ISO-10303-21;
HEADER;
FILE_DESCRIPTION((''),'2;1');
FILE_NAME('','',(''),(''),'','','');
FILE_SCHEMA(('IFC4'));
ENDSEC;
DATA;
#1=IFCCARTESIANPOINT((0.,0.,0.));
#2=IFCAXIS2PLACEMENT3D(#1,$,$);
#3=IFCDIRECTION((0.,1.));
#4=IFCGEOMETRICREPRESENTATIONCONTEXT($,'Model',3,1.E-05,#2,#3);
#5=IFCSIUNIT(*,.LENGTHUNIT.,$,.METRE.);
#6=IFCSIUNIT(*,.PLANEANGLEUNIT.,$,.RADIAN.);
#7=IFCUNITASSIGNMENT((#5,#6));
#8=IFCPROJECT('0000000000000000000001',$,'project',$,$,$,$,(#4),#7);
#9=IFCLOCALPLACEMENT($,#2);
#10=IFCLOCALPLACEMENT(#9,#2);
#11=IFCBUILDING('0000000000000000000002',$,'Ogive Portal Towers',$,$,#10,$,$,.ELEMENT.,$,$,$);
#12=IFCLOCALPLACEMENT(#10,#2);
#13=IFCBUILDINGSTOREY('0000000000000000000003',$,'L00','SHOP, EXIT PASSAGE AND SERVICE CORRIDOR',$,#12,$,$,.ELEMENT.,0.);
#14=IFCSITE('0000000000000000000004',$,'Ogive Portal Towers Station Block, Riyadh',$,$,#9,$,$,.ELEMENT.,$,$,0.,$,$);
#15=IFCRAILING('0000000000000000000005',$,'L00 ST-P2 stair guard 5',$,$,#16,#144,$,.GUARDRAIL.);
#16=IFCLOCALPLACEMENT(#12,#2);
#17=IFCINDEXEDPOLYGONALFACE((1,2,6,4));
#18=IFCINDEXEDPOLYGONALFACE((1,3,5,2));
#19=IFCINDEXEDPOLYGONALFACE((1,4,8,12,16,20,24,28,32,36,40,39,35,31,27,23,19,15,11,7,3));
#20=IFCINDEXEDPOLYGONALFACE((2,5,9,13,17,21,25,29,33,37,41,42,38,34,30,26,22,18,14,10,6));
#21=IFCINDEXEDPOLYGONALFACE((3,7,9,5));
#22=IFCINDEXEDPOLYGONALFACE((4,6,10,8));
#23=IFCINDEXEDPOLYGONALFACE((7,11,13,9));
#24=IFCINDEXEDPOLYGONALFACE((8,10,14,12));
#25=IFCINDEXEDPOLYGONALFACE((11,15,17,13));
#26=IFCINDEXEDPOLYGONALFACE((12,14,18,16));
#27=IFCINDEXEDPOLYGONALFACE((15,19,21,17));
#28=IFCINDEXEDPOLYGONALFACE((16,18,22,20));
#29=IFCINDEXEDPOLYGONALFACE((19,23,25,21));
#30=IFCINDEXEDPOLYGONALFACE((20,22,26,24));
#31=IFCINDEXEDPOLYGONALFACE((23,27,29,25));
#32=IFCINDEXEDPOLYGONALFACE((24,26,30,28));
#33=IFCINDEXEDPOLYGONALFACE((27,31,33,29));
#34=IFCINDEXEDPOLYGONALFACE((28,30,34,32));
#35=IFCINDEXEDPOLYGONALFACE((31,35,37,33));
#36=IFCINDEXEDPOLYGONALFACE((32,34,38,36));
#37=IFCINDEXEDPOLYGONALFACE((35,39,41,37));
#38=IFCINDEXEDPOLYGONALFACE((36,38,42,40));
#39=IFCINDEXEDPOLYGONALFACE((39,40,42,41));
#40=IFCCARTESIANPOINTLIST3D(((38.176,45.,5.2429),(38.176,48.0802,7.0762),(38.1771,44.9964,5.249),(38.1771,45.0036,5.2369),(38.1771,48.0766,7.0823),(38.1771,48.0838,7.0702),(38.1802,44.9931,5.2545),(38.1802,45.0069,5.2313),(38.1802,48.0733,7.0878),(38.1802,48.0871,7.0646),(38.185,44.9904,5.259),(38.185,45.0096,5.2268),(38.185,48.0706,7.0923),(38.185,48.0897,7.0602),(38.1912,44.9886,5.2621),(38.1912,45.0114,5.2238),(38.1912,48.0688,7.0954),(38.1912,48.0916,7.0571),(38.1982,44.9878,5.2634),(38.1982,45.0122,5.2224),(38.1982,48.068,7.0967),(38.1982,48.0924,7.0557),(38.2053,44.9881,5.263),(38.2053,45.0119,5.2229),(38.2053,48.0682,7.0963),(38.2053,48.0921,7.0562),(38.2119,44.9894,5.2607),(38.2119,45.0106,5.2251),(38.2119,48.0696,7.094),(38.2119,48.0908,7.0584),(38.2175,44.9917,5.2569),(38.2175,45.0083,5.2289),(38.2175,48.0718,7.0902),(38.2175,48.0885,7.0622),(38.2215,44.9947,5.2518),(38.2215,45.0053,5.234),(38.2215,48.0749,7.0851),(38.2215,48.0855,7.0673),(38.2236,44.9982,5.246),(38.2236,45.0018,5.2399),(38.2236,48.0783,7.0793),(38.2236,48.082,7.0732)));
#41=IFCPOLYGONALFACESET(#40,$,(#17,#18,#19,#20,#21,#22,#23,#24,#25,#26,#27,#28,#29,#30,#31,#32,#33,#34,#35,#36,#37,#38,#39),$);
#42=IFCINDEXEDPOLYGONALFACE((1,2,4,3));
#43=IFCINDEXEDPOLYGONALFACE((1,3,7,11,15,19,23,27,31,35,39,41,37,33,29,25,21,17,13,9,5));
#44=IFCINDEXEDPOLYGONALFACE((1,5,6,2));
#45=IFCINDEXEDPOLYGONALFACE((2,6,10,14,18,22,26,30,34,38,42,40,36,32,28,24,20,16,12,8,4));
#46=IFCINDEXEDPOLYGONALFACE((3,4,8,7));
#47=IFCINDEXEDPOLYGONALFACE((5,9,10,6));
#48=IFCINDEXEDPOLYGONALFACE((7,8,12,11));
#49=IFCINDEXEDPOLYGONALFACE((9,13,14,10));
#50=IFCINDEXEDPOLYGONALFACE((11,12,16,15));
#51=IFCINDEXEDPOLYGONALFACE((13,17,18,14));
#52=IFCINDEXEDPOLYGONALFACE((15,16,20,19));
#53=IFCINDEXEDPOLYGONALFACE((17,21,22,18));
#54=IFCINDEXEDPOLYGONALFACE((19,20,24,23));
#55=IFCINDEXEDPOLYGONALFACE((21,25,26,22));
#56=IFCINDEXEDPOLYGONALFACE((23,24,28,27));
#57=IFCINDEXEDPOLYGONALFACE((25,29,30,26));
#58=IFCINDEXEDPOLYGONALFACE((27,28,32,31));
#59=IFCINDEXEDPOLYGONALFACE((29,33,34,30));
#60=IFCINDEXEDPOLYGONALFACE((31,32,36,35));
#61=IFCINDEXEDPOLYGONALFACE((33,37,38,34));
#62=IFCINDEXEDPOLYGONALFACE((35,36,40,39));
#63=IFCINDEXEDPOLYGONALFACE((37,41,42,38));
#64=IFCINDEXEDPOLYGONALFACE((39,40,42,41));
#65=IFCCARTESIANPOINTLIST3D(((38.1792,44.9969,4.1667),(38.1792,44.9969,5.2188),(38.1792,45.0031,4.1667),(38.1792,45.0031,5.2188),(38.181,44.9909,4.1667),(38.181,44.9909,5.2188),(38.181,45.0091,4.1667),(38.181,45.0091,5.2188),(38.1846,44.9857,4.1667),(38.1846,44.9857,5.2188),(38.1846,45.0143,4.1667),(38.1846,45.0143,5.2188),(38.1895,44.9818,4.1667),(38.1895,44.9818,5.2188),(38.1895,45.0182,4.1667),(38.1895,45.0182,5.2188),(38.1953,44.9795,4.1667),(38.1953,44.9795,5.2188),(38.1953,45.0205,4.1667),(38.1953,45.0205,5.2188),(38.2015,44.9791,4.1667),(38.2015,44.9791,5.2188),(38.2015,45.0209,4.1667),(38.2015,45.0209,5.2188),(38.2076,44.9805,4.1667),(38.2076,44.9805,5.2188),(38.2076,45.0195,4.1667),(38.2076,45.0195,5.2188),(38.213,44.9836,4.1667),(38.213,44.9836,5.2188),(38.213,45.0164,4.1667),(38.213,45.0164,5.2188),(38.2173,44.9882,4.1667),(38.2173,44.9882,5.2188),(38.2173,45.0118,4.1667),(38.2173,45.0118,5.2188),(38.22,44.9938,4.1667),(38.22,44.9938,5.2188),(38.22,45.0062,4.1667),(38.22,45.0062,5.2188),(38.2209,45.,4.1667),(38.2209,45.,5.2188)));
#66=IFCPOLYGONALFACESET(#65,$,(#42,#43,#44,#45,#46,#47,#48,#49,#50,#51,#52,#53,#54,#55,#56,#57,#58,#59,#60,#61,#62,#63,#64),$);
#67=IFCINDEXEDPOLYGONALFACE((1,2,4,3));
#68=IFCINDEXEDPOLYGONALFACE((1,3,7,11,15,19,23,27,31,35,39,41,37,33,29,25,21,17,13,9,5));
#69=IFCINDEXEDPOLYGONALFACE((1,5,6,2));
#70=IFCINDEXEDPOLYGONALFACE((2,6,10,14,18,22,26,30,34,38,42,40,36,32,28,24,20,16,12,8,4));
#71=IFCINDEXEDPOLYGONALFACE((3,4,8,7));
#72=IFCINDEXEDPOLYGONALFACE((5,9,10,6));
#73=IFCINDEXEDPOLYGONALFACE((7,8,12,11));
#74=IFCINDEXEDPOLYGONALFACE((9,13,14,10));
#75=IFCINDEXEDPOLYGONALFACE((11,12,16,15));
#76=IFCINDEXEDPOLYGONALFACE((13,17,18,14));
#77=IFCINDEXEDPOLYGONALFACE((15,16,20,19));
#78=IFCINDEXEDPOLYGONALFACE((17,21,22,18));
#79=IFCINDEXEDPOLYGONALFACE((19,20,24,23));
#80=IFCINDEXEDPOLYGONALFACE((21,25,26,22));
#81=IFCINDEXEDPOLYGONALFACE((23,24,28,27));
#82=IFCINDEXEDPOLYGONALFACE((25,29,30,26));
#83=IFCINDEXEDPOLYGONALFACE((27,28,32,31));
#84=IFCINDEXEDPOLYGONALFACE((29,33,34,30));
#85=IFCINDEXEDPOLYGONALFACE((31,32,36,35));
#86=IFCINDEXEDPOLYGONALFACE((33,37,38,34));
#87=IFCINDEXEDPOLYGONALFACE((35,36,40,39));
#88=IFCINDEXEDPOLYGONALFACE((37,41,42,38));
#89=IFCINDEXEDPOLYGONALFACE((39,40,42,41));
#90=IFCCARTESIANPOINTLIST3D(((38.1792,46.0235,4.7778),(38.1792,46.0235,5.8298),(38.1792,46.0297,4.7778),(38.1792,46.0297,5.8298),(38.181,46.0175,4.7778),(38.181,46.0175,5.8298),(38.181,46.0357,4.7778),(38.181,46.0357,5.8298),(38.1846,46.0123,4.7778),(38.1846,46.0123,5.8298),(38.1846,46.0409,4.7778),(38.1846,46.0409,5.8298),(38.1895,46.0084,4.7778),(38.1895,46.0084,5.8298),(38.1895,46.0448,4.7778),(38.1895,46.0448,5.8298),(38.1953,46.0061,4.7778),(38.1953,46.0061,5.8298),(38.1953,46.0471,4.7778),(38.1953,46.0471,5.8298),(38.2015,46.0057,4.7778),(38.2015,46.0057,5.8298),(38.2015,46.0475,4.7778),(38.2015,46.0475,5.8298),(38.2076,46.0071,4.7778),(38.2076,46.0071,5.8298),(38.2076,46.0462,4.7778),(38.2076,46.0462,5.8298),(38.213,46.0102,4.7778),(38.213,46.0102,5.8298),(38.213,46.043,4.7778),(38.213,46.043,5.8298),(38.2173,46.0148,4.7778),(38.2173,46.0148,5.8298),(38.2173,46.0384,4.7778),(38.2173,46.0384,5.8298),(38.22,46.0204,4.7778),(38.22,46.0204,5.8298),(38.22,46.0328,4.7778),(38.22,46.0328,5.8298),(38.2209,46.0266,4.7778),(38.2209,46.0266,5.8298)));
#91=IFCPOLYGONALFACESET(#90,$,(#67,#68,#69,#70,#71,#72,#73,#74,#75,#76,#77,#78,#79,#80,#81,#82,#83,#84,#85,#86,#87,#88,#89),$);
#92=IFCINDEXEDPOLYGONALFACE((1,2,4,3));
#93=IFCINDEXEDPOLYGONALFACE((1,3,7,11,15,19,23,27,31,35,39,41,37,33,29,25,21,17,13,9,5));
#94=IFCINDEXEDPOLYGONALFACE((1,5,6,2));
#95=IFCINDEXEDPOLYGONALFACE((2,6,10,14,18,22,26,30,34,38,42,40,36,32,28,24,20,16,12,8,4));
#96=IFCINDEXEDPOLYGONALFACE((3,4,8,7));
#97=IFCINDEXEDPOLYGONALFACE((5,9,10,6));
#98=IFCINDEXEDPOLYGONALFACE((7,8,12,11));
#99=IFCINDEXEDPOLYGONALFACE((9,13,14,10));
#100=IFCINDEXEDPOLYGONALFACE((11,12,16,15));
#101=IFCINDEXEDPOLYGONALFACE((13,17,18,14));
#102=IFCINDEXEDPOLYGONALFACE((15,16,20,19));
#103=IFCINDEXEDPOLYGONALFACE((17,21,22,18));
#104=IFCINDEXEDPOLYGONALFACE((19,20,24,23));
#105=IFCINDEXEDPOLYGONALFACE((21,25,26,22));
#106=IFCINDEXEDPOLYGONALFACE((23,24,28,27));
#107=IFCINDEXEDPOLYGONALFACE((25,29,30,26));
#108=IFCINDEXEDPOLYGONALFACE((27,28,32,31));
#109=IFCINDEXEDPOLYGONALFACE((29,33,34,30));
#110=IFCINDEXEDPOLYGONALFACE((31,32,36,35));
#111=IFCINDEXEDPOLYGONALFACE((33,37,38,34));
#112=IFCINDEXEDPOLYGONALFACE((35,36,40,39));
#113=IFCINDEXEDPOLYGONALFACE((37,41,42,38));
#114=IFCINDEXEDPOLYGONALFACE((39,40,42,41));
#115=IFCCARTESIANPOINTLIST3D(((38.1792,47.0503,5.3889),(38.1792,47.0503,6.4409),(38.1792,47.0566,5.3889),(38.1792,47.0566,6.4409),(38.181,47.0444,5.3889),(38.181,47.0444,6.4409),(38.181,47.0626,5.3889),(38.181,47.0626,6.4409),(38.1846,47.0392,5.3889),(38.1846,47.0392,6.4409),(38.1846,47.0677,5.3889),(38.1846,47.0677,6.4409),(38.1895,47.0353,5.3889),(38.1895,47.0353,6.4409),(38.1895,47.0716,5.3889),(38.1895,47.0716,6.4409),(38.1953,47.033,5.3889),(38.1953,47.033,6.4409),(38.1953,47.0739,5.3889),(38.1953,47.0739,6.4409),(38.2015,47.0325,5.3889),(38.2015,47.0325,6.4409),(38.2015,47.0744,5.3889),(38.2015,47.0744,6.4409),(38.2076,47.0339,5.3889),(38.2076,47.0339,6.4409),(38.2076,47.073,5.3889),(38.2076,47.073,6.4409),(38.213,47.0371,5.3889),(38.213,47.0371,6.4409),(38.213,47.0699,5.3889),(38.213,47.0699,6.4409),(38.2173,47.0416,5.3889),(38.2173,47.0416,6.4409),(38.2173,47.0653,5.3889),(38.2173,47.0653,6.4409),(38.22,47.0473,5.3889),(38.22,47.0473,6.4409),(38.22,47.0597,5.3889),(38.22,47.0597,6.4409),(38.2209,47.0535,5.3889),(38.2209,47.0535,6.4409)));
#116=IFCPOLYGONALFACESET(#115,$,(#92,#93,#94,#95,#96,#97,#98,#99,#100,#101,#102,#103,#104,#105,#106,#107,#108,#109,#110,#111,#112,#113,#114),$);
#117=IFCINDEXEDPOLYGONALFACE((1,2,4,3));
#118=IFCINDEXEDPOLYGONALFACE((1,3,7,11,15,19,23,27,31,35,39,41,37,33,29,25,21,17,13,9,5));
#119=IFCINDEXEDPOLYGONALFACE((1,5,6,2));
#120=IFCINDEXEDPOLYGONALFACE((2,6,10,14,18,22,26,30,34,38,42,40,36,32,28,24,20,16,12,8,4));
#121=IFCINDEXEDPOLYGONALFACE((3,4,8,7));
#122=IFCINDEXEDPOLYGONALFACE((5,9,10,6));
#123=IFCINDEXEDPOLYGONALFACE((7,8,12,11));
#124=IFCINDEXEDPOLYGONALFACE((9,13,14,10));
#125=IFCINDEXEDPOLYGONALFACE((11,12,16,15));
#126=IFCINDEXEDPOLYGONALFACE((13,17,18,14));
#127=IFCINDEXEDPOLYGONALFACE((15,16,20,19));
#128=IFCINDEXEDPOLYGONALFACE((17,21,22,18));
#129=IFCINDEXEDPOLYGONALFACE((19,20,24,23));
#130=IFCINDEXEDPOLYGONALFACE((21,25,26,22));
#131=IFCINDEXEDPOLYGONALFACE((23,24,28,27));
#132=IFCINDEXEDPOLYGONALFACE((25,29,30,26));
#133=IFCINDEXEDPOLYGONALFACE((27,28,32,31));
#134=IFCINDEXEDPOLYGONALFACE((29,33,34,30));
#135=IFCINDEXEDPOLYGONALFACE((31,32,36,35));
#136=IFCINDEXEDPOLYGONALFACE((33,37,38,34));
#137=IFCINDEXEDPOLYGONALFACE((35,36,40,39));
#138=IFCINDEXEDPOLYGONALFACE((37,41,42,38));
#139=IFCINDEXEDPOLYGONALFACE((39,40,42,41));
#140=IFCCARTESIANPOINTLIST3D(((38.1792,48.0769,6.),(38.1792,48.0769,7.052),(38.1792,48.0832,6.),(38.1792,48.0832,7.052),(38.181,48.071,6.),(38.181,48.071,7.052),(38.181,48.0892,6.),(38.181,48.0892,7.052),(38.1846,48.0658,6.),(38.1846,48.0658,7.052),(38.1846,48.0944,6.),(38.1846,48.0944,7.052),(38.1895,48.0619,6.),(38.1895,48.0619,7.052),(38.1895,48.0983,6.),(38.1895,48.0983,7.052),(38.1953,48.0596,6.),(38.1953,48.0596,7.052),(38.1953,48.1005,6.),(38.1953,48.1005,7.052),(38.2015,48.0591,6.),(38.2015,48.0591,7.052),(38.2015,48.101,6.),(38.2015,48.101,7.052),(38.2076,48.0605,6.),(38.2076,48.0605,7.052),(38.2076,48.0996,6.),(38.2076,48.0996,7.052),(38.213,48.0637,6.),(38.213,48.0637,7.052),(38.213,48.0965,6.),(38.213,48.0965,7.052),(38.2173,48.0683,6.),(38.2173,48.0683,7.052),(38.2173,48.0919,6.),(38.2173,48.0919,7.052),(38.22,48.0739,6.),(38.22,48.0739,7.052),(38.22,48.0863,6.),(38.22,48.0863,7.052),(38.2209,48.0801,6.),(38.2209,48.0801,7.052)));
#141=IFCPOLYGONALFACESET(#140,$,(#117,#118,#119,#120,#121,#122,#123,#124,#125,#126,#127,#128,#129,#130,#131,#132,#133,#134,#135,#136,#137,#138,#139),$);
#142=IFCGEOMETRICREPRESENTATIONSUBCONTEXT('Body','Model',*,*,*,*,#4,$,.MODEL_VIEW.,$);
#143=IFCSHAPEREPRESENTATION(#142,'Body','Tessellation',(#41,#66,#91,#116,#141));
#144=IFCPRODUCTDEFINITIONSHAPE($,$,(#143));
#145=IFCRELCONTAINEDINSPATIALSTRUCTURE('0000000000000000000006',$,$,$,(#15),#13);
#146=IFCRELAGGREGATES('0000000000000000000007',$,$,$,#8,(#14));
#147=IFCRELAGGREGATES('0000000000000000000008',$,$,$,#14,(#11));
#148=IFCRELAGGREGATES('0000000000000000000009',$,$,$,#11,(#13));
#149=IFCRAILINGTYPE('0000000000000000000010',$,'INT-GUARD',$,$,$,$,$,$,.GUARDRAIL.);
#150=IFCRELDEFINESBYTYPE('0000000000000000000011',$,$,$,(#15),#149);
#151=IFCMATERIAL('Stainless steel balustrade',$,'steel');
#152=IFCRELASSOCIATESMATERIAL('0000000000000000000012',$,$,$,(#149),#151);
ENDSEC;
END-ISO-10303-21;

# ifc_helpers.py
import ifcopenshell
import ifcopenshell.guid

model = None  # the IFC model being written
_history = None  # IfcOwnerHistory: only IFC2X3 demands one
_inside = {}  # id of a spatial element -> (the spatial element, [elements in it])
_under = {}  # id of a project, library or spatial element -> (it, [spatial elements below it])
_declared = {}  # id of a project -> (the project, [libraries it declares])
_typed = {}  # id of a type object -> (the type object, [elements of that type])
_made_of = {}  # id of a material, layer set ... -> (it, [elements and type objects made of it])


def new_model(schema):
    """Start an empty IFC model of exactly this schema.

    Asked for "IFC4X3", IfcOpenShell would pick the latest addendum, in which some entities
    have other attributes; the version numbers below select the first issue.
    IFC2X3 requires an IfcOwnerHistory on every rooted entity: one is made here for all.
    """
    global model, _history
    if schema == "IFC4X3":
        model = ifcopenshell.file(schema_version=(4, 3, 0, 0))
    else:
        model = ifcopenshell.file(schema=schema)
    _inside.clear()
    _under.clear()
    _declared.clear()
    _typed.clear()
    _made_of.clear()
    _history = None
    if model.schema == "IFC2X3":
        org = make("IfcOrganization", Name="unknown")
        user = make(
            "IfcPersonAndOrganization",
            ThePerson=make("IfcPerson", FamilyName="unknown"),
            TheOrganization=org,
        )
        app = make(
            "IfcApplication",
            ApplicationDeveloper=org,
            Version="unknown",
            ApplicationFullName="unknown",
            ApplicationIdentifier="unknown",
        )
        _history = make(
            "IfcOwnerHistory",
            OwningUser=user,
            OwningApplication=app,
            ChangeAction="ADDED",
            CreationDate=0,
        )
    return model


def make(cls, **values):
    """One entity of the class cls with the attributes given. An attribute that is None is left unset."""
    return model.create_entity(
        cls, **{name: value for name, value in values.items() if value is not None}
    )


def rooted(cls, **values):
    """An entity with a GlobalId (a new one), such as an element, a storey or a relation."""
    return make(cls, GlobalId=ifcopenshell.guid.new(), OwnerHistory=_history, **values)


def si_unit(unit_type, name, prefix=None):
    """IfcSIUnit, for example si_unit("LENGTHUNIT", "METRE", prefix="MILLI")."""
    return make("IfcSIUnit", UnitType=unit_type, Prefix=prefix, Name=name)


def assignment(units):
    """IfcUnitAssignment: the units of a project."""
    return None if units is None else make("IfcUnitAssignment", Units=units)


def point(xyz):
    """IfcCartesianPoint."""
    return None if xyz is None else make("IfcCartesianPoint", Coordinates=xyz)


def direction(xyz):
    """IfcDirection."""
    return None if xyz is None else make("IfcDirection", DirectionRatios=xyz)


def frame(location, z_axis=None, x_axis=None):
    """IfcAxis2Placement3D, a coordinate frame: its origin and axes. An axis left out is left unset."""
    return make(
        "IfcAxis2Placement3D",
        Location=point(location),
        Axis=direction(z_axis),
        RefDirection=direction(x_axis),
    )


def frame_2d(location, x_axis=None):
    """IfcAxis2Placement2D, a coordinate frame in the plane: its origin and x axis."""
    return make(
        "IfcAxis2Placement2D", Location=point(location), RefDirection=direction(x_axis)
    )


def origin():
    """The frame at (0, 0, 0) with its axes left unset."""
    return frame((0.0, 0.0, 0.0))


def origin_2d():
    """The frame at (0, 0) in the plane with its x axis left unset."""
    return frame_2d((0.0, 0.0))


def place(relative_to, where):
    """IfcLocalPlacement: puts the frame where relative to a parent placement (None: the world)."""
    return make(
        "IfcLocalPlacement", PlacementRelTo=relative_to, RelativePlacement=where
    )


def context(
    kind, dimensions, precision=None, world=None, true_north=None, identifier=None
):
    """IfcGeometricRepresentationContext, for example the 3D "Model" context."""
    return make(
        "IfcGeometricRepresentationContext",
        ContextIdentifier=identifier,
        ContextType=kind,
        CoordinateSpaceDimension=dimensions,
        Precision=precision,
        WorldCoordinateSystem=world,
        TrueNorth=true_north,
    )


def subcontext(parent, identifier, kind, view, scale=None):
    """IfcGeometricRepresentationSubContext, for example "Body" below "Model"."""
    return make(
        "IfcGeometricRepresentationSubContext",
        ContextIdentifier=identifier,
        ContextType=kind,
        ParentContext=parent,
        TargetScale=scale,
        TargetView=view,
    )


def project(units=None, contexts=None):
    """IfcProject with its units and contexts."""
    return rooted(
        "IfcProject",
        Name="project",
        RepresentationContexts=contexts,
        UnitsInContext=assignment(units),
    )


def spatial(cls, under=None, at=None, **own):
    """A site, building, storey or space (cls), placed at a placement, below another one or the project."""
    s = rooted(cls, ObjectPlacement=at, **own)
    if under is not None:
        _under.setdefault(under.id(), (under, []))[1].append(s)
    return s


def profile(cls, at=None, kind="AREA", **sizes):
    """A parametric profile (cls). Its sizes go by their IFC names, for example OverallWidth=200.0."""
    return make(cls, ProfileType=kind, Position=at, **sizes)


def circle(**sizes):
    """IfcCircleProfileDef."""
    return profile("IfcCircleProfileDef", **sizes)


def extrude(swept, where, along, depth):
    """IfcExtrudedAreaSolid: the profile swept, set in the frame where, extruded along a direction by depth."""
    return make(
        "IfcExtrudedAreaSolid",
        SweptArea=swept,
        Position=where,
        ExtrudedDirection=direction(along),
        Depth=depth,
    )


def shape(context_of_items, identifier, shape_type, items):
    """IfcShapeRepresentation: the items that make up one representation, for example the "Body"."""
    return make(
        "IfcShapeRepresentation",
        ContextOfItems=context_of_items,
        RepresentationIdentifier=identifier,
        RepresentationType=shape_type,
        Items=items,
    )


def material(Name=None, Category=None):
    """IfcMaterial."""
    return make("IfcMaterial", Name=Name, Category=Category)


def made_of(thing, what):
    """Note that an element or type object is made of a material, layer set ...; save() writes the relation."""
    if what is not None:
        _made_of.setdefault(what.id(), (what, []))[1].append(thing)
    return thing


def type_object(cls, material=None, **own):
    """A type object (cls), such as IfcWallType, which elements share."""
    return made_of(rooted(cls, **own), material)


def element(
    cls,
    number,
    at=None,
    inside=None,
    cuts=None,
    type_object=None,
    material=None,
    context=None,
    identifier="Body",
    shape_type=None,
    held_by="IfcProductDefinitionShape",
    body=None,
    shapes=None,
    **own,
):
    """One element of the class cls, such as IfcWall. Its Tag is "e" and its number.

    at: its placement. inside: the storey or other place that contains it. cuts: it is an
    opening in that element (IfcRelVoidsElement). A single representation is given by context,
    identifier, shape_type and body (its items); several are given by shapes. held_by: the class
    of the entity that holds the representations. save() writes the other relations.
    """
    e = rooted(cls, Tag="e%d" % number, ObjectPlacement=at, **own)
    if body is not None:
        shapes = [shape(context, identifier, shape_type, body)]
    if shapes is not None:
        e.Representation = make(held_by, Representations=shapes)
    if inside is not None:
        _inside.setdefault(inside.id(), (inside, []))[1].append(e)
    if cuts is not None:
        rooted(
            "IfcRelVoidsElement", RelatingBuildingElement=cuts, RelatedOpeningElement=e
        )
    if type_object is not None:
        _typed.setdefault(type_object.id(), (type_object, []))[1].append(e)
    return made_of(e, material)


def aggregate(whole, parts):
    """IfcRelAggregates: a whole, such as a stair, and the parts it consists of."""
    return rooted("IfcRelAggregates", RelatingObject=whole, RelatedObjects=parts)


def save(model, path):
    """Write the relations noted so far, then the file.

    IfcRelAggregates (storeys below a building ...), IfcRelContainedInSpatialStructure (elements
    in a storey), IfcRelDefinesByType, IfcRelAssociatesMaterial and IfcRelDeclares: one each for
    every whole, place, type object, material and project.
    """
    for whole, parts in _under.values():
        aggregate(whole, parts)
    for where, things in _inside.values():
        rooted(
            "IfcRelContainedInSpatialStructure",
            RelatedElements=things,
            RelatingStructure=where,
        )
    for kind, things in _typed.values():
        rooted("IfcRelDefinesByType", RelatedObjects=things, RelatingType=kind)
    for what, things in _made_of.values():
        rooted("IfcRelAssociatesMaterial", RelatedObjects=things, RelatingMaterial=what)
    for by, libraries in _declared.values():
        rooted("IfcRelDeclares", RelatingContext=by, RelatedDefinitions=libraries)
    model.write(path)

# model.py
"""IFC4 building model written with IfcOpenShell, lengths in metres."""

from ifc_helpers import new_model, si_unit, direction, frame, origin, origin_2d, place, context, subcontext, project, spatial, circle, extrude, material, type_object, element, save


model = new_model("IFC4")

# Units and contexts
model_context = context("Model", 3, precision=1e-05, world=origin(), true_north=direction((0.0, 1.0)))
body_context = subcontext(model_context, "Body", "Model", "MODEL_VIEW")
ifc_project = project(units=[si_unit("LENGTHUNIT", "METRE"), si_unit("PLANEANGLEUNIT", "RADIAN")], contexts=[model_context])

# Site, building, storey
site_placement = place(None, origin())
site = spatial("IfcSite", under=ifc_project, at=site_placement, Name="Ogive Portal Towers Station Block, Riyadh", CompositionType="ELEMENT", RefElevation=0.0)
building_placement = place(site_placement, origin())
building = spatial("IfcBuilding", under=site, at=building_placement, Name="Ogive Portal Towers", CompositionType="ELEMENT")
storey_placement = place(building_placement, origin())
storey = spatial("IfcBuildingStorey", under=building, at=storey_placement, Name="L00", Description="SHOP, EXIT PASSAGE AND SERVICE CORRIDOR", CompositionType="ELEMENT", Elevation=0.0)

# Railing
ifc_material_1 = material(Name="Stainless steel balustrade", Category="steel")
railing_type_1 = type_object("IfcRailingType", Name="INT-GUARD", PredefinedType="GUARDRAIL", material=ifc_material_1)
railing_1_placement = place(storey_placement, frame((38.2, 45.0, 4.1667)))
element("IfcRailing", 1, at=railing_1_placement, inside=storey, type_object=railing_type_1, Name="L00 ST-P2 stair guard 5", PredefinedType="GUARDRAIL", context=body_context, shape_type="SweptSolid", body=[
    extrude(circle(Radius=0.0239, at=origin_2d()), frame((0.0, 0.0, 1.0762), z_axis=(0.0, 0.859309, 0.511458), x_axis=(-1.0, 0.0, 0.0)), (0.0, 0.0, 1.0), 3.5845),
    extrude(circle(Radius=0.021, at=origin_2d()), origin(), (0.0, 0.0, 1.0), 1.052),
    extrude(circle(Radius=0.021, at=origin_2d()), frame((0.0, 1.0266, 0.6111)), (0.0, 0.0, 1.0), 1.052),
    extrude(circle(Radius=0.021, at=origin_2d()), frame((0.0, 2.0535, 1.2222)), (0.0, 0.0, 1.0), 1.052),
    extrude(circle(Radius=0.021, at=origin_2d()), frame((0.0, 3.0801, 1.8333)), (0.0, 0.0, 1.0), 1.052),
])

save(model, "model.ifc")
